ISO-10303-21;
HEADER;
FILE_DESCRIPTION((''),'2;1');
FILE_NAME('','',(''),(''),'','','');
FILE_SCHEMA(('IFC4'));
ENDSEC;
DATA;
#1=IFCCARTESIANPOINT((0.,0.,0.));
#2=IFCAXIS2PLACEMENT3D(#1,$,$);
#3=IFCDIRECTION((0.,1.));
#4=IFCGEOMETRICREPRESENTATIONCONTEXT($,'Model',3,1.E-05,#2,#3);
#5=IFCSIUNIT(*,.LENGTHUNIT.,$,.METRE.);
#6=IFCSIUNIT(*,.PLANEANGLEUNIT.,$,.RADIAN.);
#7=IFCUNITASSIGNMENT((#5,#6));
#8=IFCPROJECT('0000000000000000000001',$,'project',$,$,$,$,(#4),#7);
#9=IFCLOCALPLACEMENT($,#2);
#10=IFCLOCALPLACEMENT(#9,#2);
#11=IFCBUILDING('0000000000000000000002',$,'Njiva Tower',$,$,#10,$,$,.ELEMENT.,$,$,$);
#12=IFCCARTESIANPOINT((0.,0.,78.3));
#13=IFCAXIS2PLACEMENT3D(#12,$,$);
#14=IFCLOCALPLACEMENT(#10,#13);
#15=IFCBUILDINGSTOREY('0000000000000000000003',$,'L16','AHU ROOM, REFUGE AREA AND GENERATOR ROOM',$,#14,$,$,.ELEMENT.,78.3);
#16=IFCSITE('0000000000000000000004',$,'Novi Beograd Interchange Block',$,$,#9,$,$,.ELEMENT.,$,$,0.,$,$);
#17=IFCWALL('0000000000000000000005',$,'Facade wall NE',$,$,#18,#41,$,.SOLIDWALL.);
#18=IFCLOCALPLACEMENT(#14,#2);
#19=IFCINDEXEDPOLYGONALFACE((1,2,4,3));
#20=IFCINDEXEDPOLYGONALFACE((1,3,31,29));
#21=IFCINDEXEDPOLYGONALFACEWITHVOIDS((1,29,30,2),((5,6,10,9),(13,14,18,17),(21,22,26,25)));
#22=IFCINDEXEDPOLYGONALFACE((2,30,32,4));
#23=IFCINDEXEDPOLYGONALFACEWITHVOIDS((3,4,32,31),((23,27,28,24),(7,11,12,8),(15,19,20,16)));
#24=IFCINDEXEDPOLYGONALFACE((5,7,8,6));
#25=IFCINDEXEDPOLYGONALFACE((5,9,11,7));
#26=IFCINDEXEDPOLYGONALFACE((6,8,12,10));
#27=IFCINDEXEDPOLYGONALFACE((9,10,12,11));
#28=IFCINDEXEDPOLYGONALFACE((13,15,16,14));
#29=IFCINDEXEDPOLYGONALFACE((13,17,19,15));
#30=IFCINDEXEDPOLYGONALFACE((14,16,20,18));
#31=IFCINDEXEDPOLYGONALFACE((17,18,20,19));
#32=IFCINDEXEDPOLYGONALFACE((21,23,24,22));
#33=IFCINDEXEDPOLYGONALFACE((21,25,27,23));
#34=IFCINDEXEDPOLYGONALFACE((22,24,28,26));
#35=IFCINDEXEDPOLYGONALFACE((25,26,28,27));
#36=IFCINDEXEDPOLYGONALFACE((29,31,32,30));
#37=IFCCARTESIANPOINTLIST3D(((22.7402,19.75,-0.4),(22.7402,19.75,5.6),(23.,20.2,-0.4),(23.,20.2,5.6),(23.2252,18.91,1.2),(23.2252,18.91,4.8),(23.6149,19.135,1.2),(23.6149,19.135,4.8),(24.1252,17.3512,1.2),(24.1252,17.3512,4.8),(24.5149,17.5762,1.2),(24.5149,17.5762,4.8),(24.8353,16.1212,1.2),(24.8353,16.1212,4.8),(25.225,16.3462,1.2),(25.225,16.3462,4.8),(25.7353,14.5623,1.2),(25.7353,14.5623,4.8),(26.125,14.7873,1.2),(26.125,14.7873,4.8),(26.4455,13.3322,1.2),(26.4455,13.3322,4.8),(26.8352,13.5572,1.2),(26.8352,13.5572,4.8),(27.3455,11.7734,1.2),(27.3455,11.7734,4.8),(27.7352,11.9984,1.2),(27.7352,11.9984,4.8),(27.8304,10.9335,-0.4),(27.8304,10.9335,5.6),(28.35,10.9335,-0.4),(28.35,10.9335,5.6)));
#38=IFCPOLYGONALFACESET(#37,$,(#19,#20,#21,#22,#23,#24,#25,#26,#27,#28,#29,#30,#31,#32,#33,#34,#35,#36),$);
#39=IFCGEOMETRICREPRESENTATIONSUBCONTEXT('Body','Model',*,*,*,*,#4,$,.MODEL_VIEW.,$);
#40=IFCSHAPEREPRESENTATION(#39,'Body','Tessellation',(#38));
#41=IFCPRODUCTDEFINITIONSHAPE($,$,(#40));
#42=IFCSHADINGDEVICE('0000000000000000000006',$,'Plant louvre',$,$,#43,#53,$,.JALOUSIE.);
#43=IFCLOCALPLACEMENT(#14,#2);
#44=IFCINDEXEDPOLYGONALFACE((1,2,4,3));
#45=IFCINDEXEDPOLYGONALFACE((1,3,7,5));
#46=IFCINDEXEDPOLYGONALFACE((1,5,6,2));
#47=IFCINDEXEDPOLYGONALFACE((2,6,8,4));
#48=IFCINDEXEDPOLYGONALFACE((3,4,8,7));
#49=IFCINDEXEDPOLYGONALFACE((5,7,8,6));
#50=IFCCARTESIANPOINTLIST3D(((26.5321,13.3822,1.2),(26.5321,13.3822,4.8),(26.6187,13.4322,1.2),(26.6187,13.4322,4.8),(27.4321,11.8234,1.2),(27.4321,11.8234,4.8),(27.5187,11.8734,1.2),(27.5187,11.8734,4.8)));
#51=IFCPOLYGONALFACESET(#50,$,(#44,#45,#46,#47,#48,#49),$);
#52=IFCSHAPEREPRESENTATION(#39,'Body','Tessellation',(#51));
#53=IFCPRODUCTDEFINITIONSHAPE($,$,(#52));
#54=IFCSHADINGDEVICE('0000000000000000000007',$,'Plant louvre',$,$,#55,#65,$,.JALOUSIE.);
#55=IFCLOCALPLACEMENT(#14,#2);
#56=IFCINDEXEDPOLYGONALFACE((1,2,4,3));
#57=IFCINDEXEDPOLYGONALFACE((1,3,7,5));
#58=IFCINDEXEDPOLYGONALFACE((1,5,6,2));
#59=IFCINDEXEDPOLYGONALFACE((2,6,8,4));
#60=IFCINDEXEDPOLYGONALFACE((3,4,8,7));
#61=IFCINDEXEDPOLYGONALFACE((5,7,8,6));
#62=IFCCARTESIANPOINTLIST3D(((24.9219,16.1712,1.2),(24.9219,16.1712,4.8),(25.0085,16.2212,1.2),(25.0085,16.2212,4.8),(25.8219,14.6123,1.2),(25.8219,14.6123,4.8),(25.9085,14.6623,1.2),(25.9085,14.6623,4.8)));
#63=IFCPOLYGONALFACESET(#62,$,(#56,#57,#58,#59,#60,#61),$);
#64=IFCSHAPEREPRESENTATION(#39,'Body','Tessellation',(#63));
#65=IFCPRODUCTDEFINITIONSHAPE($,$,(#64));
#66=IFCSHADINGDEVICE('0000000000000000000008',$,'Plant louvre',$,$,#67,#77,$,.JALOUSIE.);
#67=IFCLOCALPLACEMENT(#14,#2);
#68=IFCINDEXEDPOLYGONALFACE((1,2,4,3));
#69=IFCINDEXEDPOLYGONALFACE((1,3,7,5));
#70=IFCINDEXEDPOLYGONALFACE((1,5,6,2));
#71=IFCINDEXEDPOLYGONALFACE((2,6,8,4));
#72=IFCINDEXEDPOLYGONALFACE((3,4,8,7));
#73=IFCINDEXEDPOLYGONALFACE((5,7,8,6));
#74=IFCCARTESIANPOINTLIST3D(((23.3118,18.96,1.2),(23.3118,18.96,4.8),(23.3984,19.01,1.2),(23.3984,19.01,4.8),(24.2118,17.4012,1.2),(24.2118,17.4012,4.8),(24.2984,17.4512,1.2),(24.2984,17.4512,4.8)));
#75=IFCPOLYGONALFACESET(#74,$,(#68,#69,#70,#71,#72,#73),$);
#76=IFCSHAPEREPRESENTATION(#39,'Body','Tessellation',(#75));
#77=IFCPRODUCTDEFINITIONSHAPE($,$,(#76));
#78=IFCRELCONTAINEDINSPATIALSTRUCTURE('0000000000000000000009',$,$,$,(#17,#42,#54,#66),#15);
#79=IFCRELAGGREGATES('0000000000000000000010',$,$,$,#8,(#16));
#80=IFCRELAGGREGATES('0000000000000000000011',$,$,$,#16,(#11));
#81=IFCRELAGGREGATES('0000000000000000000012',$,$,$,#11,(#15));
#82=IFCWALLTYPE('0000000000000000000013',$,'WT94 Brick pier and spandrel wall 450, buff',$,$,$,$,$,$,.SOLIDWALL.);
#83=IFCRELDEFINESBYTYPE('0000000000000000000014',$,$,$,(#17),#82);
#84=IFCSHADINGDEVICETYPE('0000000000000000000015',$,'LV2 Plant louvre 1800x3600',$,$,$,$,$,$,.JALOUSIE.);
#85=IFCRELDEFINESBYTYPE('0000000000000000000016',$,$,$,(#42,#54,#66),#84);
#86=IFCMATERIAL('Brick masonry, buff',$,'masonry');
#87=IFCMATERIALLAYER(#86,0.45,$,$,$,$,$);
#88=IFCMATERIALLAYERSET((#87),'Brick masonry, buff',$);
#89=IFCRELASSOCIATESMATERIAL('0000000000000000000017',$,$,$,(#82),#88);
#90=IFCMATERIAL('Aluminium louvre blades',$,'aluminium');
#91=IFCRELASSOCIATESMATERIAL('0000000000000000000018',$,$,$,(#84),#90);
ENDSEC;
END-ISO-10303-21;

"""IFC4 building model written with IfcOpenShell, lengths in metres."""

from ifc_helpers import new_model, si_unit, direction, frame, frame_2d, origin, place, context, subcontext, project, spatial, polyline, rectangle, outline, extrude, material, layer, layer_set, type_object, element, fill, save


model = new_model("IFC4")

# Units and contexts
model_context = context("Model", 3, precision=1e-05, world=origin(), true_north=direction((0.0, 1.0)))
body_context = subcontext(model_context, "Body", "Model", "MODEL_VIEW")
ifc_project = project(units=[si_unit("LENGTHUNIT", "METRE"), si_unit("PLANEANGLEUNIT", "RADIAN")], contexts=[model_context])

# Site, building, storey
site_placement = place(None, origin())
site = spatial("IfcSite", under=ifc_project, at=site_placement, Name="Novi Beograd Interchange Block", CompositionType="ELEMENT", RefElevation=0.0)
building_placement = place(site_placement, origin())
building = spatial("IfcBuilding", under=site, at=building_placement, Name="Njiva Tower", CompositionType="ELEMENT")
storey_placement = place(building_placement, frame((0.0, 0.0, 78.3)))
storey = spatial("IfcBuildingStorey", under=building, at=storey_placement, Name="L16", Description="AHU ROOM, REFUGE AREA AND GENERATOR ROOM", CompositionType="ELEMENT", Elevation=78.3)

# Wall, openings, shading devices
ifc_material_1 = material(Name="Brick masonry, buff", Category="masonry")
ifc_layer_1 = layer(ifc_material_1, 0.45)
ifc_layer_set_1 = layer_set([ifc_layer_1], Name="Brick masonry, buff")
wall_type_1 = type_object("IfcWallType", Name="WT94 Brick pier and spandrel wall 450, buff", PredefinedType="SOLIDWALL", material=ifc_layer_set_1)
wall_1_placement = place(storey_placement, frame((28.0902, 10.9335, -0.4), z_axis=(0.0, 0.0, 1.0), x_axis=(-0.499999, 0.866026, 0.0)))
wall_1 = element("IfcWall", 1, at=wall_1_placement, inside=storey, type_object=wall_type_1, Name="Facade wall NE", PredefinedType="SOLIDWALL", context=body_context, shape_type="SweptSolid", body=[
    extrude(outline(polyline([(-0.1299, -0.225), (10.5701, -0.225), (10.3103, 0.225), (0.1299, 0.225), (-0.1299, -0.225)])), origin(), (0.0, 0.0, 1.0), 6.0),
])
opening_1_placement = place(wall_1_placement, frame((1.0997, 0.0, 1.6)))
opening_1 = element("IfcOpeningElement", 2, at=opening_1_placement, cuts=wall_1, PredefinedType="OPENING", context=body_context, shape_type="SweptSolid", body=[
    extrude(rectangle(XDim=1.8, YDim=3.6, at=frame_2d((0.9, 1.8))), frame((0.0, 0.235, 0.0), z_axis=(0.0, -1.0, 0.0), x_axis=(1.0, 0.0, 0.0)), (0.0, 0.0, 1.0), 0.47),
])
opening_2_placement = place(wall_1_placement, frame((4.3201, 0.0, 1.6)))
opening_2 = element("IfcOpeningElement", 3, at=opening_2_placement, cuts=wall_1, PredefinedType="OPENING", context=body_context, shape_type="SweptSolid", body=[
    extrude(rectangle(XDim=1.8, YDim=3.6, at=frame_2d((0.9, 1.8))), frame((0.0, 0.235, 0.0), z_axis=(0.0, -1.0, 0.0), x_axis=(1.0, 0.0, 0.0)), (0.0, 0.0, 1.0), 0.47),
])
opening_3_placement = place(wall_1_placement, frame((7.5404, 0.0, 1.6)))
opening_3 = element("IfcOpeningElement", 4, at=opening_3_placement, cuts=wall_1, PredefinedType="OPENING", context=body_context, shape_type="SweptSolid", body=[
    extrude(rectangle(XDim=1.8, YDim=3.6, at=frame_2d((0.9, 1.8))), frame((0.0, 0.235, 0.0), z_axis=(0.0, -1.0, 0.0), x_axis=(1.0, 0.0, 0.0)), (0.0, 0.0, 1.0), 0.47),
])
ifc_material_2 = material(Name="Aluminium louvre blades", Category="aluminium")
shading_device_type = type_object("IfcShadingDeviceType", Name="LV2 Plant louvre 1800x3600", PredefinedType="JALOUSIE", material=ifc_material_2)
shading_device_1_placement = place(opening_1_placement, origin())
shading_device_1 = element("IfcShadingDevice", 5, at=shading_device_1_placement, inside=storey, type_object=shading_device_type, Name="Plant louvre", PredefinedType="JALOUSIE", context=body_context, shape_type="SweptSolid", body=[
    extrude(rectangle(XDim=1.8, YDim=3.6, at=frame_2d((0.9, 1.8))), frame((0.0, 0.125, 0.0), z_axis=(0.0, -1.0, 0.0), x_axis=(1.0, 0.0, 0.0)), (0.0, 0.0, 1.0), 0.1),
])
fill(opening_1, shading_device_1)
shading_device_2_placement = place(opening_2_placement, origin())
shading_device_2 = element("IfcShadingDevice", 6, at=shading_device_2_placement, inside=storey, type_object=shading_device_type, Name="Plant louvre", PredefinedType="JALOUSIE", context=body_context, shape_type="SweptSolid", body=[
    extrude(rectangle(XDim=1.8, YDim=3.6, at=frame_2d((0.9, 1.8))), frame((0.0, 0.125, 0.0), z_axis=(0.0, -1.0, 0.0), x_axis=(1.0, 0.0, 0.0)), (0.0, 0.0, 1.0), 0.1),
])
fill(opening_2, shading_device_2)
shading_device_3_placement = place(opening_3_placement, origin())
shading_device_3 = element("IfcShadingDevice", 7, at=shading_device_3_placement, inside=storey, type_object=shading_device_type, Name="Plant louvre", PredefinedType="JALOUSIE", context=body_context, shape_type="SweptSolid", body=[
    extrude(rectangle(XDim=1.8, YDim=3.6, at=frame_2d((0.9, 1.8))), frame((0.0, 0.125, 0.0), z_axis=(0.0, -1.0, 0.0), x_axis=(1.0, 0.0, 0.0)), (0.0, 0.0, 1.0), 0.1),
])
fill(opening_3, shading_device_3)

save(model, "model.ifc")
